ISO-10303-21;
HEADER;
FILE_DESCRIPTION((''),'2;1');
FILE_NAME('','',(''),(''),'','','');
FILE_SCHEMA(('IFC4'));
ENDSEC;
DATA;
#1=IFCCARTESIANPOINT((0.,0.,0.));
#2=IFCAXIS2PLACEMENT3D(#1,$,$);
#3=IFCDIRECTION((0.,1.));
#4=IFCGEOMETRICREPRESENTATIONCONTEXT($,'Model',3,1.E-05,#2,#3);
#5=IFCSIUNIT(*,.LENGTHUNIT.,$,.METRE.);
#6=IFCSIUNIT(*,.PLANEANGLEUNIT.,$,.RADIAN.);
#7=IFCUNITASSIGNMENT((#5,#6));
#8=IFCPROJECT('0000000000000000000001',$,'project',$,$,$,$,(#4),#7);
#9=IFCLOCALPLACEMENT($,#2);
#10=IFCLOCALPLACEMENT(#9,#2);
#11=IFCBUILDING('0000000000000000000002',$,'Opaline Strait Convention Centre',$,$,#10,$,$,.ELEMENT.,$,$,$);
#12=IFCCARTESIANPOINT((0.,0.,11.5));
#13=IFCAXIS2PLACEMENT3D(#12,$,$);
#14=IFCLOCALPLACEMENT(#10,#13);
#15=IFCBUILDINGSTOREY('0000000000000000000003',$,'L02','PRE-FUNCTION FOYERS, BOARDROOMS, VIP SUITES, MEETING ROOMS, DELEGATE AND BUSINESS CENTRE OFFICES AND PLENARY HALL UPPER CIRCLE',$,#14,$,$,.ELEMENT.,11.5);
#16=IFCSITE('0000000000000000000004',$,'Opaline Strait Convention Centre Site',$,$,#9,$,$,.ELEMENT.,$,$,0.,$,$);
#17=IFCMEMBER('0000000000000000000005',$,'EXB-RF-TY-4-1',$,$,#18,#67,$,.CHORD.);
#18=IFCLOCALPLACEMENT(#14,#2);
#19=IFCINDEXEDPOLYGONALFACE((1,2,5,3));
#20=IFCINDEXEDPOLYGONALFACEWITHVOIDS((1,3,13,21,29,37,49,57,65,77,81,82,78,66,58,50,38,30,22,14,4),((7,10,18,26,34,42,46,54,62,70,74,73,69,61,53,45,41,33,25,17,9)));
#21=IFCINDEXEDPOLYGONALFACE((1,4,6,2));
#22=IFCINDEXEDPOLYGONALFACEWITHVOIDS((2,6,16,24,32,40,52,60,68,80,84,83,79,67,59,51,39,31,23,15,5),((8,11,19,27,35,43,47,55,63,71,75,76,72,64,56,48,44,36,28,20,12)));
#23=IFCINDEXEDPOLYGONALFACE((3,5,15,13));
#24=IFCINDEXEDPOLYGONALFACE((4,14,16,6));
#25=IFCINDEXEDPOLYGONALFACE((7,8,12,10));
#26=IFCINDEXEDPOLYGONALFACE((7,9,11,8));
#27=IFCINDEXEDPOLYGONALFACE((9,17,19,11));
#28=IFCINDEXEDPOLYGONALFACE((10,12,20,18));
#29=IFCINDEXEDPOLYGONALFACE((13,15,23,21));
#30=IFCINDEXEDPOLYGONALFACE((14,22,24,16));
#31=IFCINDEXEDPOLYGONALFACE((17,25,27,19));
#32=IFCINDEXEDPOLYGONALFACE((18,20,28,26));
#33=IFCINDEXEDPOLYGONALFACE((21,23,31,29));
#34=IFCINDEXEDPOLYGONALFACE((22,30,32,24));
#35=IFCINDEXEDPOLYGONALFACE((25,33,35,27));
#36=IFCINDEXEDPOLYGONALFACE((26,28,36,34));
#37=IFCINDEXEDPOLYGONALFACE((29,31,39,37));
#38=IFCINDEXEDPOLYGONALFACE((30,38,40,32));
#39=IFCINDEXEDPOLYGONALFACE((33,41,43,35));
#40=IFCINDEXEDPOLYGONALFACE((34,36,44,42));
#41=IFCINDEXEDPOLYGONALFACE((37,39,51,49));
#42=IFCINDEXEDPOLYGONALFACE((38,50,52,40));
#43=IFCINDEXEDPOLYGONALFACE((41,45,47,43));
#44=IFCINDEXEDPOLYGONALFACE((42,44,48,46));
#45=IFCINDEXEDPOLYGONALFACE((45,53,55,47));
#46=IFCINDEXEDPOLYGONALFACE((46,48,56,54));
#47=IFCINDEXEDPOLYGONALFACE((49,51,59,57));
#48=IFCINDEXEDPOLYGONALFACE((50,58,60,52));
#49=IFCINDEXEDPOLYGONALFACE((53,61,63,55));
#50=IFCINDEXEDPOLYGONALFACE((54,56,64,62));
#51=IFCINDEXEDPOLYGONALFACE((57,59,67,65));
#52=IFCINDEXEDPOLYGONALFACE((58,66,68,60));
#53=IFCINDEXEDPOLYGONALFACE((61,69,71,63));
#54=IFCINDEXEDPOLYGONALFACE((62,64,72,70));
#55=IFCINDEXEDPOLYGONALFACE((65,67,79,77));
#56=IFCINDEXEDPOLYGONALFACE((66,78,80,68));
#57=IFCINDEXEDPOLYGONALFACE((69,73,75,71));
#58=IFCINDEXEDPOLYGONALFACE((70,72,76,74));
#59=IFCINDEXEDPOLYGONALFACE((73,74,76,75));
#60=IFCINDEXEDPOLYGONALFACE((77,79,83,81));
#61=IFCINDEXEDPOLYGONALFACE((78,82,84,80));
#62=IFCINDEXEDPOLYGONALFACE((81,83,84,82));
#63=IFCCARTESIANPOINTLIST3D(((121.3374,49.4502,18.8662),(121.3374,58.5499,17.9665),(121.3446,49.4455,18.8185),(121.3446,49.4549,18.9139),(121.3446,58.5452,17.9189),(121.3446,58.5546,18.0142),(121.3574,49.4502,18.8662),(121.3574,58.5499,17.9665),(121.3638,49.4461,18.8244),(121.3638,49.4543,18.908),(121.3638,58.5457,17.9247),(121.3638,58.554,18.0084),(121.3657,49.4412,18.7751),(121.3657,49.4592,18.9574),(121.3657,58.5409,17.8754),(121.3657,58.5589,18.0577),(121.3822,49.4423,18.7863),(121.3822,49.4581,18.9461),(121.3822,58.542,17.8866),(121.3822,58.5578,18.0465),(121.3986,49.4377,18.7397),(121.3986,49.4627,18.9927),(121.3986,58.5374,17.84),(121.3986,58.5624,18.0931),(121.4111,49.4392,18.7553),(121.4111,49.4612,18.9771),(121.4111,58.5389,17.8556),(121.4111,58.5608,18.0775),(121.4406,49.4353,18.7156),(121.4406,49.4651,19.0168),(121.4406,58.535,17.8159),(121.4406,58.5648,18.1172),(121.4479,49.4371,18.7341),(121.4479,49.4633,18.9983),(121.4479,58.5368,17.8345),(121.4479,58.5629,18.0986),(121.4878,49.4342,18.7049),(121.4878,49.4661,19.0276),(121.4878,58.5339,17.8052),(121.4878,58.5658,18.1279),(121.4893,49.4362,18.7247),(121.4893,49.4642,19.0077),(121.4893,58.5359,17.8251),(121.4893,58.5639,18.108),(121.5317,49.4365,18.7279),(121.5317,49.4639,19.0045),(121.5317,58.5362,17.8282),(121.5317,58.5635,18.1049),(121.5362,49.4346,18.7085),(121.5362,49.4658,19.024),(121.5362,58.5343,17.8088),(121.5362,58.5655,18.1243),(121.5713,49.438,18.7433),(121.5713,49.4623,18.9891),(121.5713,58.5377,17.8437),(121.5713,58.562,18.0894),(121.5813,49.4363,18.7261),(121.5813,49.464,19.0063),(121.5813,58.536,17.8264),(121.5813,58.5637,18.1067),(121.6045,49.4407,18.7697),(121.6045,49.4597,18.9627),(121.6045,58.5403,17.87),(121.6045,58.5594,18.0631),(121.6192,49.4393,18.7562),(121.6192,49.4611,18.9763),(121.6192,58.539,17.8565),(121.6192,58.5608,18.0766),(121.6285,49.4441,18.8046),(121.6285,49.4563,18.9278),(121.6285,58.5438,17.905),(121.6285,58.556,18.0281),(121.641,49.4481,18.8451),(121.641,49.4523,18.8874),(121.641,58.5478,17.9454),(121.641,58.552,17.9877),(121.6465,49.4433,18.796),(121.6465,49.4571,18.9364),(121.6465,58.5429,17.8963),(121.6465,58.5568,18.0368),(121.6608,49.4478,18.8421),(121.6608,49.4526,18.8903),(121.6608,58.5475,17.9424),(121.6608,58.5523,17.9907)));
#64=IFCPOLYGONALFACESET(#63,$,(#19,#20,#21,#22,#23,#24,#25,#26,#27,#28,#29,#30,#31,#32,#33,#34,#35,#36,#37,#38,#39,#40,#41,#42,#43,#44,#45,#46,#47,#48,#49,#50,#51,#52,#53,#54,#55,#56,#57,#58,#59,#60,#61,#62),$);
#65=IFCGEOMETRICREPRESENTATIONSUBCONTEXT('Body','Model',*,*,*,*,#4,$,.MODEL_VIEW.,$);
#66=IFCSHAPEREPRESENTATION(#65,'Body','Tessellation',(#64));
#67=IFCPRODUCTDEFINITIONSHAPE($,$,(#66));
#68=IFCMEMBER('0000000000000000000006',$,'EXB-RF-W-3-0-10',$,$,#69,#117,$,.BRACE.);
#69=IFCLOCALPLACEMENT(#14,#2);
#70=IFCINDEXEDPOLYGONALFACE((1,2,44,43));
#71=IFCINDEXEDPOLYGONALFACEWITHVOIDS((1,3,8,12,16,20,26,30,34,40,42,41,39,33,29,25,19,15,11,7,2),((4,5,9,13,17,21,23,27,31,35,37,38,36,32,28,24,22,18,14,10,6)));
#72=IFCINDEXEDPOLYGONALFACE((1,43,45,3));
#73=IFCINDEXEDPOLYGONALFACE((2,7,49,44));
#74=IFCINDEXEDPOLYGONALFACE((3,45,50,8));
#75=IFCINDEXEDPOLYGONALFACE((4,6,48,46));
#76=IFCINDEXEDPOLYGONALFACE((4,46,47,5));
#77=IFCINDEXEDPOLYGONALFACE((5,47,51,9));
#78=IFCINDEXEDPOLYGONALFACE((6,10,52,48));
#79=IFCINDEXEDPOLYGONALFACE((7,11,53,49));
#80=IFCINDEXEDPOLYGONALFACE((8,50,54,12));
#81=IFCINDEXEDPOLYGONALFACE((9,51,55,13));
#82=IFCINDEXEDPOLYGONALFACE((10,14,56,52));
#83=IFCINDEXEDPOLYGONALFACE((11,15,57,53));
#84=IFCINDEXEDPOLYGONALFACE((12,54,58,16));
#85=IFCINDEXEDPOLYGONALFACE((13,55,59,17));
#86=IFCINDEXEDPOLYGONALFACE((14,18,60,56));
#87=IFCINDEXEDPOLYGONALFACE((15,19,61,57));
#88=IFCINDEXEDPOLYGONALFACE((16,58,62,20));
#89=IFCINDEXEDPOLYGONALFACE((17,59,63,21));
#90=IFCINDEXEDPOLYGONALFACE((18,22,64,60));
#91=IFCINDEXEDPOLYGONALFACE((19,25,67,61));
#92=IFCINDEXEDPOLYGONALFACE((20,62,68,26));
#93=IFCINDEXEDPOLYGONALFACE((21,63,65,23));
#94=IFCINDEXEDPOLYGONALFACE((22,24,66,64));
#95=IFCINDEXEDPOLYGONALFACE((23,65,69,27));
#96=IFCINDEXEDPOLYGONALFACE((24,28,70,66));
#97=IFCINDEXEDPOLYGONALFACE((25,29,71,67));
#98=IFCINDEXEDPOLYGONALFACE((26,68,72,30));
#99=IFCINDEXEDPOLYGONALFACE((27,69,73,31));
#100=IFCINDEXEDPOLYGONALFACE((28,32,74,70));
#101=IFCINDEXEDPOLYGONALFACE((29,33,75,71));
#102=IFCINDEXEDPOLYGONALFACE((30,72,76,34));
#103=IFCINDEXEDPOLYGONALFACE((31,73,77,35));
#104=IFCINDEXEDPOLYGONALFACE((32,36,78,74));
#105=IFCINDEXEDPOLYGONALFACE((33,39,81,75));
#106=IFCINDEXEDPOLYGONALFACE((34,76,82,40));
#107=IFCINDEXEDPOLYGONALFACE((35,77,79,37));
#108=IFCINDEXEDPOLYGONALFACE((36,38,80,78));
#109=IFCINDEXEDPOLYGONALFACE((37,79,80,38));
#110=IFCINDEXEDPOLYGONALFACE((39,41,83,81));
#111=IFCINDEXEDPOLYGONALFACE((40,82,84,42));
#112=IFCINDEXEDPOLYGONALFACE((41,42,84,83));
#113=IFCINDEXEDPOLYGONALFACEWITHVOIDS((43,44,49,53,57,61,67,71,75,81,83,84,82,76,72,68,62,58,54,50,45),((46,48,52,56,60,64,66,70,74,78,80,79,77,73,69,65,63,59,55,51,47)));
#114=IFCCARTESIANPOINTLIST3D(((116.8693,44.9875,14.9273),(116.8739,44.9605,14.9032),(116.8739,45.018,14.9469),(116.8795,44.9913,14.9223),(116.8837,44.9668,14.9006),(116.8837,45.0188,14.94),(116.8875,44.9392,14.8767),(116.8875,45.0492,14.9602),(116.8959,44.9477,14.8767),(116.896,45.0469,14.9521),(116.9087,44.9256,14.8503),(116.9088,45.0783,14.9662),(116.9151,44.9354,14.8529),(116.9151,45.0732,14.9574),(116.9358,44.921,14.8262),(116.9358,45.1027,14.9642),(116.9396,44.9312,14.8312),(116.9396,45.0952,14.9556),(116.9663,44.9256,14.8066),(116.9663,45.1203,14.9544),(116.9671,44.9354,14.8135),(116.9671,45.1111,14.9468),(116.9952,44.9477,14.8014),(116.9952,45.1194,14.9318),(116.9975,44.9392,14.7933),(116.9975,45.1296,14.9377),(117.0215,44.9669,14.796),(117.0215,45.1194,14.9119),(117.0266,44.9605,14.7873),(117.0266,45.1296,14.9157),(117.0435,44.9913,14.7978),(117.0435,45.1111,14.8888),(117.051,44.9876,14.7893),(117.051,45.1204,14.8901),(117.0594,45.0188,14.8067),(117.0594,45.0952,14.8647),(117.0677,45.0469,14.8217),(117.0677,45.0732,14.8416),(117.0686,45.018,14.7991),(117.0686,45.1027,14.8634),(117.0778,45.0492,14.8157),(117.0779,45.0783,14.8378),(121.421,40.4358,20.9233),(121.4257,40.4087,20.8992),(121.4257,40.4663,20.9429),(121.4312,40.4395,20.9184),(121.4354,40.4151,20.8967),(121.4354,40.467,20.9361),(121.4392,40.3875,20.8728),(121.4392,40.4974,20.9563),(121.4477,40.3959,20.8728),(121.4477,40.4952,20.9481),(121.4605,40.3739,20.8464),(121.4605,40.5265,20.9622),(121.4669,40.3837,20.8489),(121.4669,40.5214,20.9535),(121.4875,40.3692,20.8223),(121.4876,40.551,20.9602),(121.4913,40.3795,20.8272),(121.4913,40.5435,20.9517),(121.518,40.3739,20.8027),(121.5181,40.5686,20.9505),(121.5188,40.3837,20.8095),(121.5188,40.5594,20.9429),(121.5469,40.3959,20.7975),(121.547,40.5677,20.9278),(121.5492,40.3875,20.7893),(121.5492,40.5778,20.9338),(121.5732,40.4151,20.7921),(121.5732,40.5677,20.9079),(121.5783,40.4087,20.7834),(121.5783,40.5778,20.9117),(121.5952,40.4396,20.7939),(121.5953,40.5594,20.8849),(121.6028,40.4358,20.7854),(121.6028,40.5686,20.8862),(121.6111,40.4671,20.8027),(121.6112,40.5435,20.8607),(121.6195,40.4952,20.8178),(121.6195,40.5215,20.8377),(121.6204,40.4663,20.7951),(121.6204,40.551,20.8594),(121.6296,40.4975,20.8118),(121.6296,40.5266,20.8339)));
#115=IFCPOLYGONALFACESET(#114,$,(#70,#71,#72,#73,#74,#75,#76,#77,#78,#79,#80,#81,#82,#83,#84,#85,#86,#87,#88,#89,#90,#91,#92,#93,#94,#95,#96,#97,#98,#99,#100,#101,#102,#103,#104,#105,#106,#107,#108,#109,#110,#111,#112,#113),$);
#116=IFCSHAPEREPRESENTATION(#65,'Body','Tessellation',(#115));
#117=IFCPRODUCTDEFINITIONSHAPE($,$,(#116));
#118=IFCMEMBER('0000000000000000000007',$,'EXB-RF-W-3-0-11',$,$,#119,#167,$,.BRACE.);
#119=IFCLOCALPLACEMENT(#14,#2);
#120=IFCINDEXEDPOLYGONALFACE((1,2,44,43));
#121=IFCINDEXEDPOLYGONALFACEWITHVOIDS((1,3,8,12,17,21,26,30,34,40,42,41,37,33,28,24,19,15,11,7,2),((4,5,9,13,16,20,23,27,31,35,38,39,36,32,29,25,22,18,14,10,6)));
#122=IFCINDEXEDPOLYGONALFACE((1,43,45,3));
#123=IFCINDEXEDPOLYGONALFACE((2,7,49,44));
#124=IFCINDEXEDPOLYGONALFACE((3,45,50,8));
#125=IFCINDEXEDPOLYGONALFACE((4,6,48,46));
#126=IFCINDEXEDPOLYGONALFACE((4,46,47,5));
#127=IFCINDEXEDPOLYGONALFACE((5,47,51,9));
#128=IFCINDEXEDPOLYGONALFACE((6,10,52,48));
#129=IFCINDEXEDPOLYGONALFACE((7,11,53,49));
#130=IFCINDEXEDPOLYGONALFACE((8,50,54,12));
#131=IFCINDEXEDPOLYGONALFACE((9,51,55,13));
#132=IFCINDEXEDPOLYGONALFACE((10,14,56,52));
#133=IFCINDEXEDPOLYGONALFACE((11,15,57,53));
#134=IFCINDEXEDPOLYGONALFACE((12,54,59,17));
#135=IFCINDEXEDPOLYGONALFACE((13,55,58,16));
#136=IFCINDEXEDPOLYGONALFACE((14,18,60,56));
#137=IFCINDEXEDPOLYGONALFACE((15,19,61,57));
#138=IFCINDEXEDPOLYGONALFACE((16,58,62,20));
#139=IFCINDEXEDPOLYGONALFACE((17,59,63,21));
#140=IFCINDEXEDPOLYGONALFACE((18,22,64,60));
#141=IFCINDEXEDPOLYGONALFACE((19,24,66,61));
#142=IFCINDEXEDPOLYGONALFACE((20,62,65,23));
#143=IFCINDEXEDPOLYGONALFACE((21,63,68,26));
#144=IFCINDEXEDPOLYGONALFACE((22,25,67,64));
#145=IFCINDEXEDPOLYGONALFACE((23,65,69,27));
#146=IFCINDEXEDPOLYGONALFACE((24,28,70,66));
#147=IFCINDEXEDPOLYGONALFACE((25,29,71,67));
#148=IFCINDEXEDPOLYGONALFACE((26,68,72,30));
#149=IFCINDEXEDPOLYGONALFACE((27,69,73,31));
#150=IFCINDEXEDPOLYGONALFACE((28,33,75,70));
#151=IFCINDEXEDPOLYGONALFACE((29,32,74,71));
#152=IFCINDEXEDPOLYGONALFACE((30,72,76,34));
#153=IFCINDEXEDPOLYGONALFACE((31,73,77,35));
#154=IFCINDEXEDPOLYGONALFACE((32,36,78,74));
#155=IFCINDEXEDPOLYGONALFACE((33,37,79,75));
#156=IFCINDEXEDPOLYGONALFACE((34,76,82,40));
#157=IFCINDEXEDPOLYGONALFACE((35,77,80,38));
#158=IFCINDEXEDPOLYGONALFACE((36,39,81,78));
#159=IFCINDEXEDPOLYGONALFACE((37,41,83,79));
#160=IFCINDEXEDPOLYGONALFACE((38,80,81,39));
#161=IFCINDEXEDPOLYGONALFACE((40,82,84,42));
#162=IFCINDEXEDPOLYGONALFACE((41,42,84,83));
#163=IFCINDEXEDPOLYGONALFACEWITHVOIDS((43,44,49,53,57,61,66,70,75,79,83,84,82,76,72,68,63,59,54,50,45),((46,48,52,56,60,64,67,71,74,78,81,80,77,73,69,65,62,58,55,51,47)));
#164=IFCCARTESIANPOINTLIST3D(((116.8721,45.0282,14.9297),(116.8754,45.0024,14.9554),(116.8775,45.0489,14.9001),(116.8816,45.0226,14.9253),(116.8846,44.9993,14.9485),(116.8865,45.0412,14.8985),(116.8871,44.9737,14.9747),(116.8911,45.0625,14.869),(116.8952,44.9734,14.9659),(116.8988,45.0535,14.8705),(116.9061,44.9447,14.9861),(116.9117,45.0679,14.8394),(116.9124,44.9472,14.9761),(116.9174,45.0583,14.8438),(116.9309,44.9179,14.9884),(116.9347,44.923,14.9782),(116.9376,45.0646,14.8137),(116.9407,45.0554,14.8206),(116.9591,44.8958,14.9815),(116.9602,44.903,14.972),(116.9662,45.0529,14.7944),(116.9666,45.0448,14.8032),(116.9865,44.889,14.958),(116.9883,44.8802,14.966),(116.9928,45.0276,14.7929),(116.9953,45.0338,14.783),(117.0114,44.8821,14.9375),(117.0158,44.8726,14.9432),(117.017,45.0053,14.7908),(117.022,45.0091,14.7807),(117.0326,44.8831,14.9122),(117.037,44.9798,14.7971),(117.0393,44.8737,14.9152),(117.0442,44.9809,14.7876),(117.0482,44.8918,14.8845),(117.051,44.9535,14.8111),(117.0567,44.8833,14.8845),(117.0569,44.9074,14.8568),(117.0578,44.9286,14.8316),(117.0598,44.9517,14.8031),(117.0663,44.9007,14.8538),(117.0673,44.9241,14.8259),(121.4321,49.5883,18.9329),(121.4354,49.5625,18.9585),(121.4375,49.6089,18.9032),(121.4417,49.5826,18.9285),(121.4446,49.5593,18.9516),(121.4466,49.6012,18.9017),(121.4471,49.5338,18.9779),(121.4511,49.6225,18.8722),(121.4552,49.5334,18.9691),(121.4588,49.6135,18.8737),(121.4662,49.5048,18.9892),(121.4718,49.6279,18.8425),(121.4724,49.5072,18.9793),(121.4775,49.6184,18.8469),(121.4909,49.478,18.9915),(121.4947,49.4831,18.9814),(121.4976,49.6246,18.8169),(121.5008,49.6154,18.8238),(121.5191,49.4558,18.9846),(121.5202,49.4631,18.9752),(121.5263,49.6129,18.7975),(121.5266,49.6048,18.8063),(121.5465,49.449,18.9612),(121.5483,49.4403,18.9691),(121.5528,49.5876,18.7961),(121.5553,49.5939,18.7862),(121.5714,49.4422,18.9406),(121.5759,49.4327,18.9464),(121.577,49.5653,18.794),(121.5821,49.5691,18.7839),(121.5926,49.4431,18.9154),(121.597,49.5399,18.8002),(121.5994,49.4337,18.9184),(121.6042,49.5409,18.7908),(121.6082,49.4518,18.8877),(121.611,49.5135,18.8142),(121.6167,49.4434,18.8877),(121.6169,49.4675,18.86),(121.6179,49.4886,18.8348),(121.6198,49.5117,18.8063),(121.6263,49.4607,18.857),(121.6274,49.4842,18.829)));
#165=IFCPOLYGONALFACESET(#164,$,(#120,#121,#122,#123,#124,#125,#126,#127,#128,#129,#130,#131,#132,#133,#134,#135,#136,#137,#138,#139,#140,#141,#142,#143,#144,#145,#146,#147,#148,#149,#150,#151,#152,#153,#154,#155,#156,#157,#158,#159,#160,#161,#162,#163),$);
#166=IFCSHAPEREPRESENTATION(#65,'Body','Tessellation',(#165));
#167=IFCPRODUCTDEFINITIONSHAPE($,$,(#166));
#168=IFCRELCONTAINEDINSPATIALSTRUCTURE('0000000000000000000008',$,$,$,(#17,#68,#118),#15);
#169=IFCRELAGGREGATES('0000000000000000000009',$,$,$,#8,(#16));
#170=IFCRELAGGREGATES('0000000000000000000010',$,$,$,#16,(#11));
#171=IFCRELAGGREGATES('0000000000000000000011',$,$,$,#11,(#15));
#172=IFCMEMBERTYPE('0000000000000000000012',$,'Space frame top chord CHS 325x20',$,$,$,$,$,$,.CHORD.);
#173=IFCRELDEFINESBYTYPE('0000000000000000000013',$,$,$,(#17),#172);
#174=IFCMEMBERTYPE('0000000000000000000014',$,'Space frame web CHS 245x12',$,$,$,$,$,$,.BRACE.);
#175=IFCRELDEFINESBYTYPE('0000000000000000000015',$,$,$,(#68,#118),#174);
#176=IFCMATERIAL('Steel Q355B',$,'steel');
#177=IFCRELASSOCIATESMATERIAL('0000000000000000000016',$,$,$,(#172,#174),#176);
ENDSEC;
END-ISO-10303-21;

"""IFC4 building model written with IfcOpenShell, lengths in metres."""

from ifc_helpers import new_model, si_unit, direction, frame, origin, origin_2d, place, context, subcontext, project, spatial, hollow_circle, extrude, material, material_profile, profile_set, type_object, element, save


model = new_model("IFC4")

# Units and contexts
model_context = context("Model", 3, precision=1e-05, world=origin(), true_north=direction((0.0, 1.0)))
body_context = subcontext(model_context, "Body", "Model", "MODEL_VIEW")
ifc_project = project(units=[si_unit("LENGTHUNIT", "METRE"), si_unit("PLANEANGLEUNIT", "RADIAN")], contexts=[model_context])

# Site, building, storey
site_placement = place(None, origin())
site = spatial("IfcSite", under=ifc_project, at=site_placement, Name="Opaline Strait Convention Centre Site", CompositionType="ELEMENT", RefElevation=0.0)
building_placement = place(site_placement, origin())
building = spatial("IfcBuilding", under=site, at=building_placement, Name="Opaline Strait Convention Centre", CompositionType="ELEMENT")
storey_placement = place(building_placement, frame((0.0, 0.0, 11.5)))
storey = spatial("IfcBuildingStorey", under=building, at=storey_placement, Name="L02", Description="PRE-FUNCTION FOYERS, BOARDROOMS, VIP SUITES, MEETING ROOMS, DELEGATE AND BUSINESS CENTRE OFFICES AND PLENARY HALL UPPER CIRCLE", CompositionType="ELEMENT", Elevation=11.5)

# Members
ifc_material_1 = material(Name="Steel Q355B", Category="steel")
ifc_material_profile_1 = material_profile(ifc_material_1, hollow_circle(Radius=0.1626, WallThickness=0.02, at=origin_2d()), Name="CHS 325x20")
ifc_profile_set_1 = profile_set([ifc_material_profile_1], Name="Steel Q355B")
member_type_1 = type_object("IfcMemberType", Name="Space frame top chord CHS 325x20", PredefinedType="CHORD", material=ifc_profile_set_1)
member_1_placement = place(storey_placement, frame((121.5, 49.4502, 18.8662), z_axis=(0.0, 0.995148, -0.098388), x_axis=(-1.0, 0.0, 0.0)))
element("IfcMember", 1, at=member_1_placement, inside=storey, type_object=member_type_1, Name="EXB-RF-TY-4-1", PredefinedType="CHORD", context=body_context, shape_type="SweptSolid", body=[
    extrude(hollow_circle(Radius=0.1626, WallThickness=0.02, at=origin_2d()), origin(), (0.0, 0.0, 1.0), 9.144),
])
ifc_material_profile_2 = material_profile(ifc_material_1, hollow_circle(Radius=0.1226, WallThickness=0.012, at=origin_2d()), Name="CHS 245x12")
ifc_profile_set_2 = profile_set([ifc_material_profile_2], Name="Steel Q355B")
member_type_2 = type_object("IfcMemberType", Name="Space frame web CHS 245x12", PredefinedType="BRACE", material=ifc_profile_set_2)
member_2_placement = place(storey_placement, frame((121.5259, 40.4741, 20.8728), z_axis=(-0.517412, 0.517412, -0.681594), x_axis=(-0.707107, -0.707107, 0.0)))
element("IfcMember", 2, at=member_2_placement, inside=storey, type_object=member_type_2, Name="EXB-RF-W-3-0-10", PredefinedType="BRACE", context=body_context, shape_type="SweptSolid", body=[
    extrude(hollow_circle(Radius=0.1226, WallThickness=0.012, at=origin_2d()), origin(), (0.0, 0.0, 1.0), 8.7971),
])
member_3_placement = place(storey_placement, frame((121.53, 49.53, 18.8877), z_axis=(-0.600769, -0.600769, -0.527402), x_axis=(0.707107, -0.707107, 0.0)))
element("IfcMember", 3, at=member_3_placement, inside=storey, type_object=member_type_2, Name="EXB-RF-W-3-0-11", PredefinedType="BRACE", context=body_context, shape_type="SweptSolid", body=[
    extrude(hollow_circle(Radius=0.1226, WallThickness=0.012, at=origin_2d()), origin(), (0.0, 0.0, 1.0), 7.5903),
])

save(model, "model.ifc")
